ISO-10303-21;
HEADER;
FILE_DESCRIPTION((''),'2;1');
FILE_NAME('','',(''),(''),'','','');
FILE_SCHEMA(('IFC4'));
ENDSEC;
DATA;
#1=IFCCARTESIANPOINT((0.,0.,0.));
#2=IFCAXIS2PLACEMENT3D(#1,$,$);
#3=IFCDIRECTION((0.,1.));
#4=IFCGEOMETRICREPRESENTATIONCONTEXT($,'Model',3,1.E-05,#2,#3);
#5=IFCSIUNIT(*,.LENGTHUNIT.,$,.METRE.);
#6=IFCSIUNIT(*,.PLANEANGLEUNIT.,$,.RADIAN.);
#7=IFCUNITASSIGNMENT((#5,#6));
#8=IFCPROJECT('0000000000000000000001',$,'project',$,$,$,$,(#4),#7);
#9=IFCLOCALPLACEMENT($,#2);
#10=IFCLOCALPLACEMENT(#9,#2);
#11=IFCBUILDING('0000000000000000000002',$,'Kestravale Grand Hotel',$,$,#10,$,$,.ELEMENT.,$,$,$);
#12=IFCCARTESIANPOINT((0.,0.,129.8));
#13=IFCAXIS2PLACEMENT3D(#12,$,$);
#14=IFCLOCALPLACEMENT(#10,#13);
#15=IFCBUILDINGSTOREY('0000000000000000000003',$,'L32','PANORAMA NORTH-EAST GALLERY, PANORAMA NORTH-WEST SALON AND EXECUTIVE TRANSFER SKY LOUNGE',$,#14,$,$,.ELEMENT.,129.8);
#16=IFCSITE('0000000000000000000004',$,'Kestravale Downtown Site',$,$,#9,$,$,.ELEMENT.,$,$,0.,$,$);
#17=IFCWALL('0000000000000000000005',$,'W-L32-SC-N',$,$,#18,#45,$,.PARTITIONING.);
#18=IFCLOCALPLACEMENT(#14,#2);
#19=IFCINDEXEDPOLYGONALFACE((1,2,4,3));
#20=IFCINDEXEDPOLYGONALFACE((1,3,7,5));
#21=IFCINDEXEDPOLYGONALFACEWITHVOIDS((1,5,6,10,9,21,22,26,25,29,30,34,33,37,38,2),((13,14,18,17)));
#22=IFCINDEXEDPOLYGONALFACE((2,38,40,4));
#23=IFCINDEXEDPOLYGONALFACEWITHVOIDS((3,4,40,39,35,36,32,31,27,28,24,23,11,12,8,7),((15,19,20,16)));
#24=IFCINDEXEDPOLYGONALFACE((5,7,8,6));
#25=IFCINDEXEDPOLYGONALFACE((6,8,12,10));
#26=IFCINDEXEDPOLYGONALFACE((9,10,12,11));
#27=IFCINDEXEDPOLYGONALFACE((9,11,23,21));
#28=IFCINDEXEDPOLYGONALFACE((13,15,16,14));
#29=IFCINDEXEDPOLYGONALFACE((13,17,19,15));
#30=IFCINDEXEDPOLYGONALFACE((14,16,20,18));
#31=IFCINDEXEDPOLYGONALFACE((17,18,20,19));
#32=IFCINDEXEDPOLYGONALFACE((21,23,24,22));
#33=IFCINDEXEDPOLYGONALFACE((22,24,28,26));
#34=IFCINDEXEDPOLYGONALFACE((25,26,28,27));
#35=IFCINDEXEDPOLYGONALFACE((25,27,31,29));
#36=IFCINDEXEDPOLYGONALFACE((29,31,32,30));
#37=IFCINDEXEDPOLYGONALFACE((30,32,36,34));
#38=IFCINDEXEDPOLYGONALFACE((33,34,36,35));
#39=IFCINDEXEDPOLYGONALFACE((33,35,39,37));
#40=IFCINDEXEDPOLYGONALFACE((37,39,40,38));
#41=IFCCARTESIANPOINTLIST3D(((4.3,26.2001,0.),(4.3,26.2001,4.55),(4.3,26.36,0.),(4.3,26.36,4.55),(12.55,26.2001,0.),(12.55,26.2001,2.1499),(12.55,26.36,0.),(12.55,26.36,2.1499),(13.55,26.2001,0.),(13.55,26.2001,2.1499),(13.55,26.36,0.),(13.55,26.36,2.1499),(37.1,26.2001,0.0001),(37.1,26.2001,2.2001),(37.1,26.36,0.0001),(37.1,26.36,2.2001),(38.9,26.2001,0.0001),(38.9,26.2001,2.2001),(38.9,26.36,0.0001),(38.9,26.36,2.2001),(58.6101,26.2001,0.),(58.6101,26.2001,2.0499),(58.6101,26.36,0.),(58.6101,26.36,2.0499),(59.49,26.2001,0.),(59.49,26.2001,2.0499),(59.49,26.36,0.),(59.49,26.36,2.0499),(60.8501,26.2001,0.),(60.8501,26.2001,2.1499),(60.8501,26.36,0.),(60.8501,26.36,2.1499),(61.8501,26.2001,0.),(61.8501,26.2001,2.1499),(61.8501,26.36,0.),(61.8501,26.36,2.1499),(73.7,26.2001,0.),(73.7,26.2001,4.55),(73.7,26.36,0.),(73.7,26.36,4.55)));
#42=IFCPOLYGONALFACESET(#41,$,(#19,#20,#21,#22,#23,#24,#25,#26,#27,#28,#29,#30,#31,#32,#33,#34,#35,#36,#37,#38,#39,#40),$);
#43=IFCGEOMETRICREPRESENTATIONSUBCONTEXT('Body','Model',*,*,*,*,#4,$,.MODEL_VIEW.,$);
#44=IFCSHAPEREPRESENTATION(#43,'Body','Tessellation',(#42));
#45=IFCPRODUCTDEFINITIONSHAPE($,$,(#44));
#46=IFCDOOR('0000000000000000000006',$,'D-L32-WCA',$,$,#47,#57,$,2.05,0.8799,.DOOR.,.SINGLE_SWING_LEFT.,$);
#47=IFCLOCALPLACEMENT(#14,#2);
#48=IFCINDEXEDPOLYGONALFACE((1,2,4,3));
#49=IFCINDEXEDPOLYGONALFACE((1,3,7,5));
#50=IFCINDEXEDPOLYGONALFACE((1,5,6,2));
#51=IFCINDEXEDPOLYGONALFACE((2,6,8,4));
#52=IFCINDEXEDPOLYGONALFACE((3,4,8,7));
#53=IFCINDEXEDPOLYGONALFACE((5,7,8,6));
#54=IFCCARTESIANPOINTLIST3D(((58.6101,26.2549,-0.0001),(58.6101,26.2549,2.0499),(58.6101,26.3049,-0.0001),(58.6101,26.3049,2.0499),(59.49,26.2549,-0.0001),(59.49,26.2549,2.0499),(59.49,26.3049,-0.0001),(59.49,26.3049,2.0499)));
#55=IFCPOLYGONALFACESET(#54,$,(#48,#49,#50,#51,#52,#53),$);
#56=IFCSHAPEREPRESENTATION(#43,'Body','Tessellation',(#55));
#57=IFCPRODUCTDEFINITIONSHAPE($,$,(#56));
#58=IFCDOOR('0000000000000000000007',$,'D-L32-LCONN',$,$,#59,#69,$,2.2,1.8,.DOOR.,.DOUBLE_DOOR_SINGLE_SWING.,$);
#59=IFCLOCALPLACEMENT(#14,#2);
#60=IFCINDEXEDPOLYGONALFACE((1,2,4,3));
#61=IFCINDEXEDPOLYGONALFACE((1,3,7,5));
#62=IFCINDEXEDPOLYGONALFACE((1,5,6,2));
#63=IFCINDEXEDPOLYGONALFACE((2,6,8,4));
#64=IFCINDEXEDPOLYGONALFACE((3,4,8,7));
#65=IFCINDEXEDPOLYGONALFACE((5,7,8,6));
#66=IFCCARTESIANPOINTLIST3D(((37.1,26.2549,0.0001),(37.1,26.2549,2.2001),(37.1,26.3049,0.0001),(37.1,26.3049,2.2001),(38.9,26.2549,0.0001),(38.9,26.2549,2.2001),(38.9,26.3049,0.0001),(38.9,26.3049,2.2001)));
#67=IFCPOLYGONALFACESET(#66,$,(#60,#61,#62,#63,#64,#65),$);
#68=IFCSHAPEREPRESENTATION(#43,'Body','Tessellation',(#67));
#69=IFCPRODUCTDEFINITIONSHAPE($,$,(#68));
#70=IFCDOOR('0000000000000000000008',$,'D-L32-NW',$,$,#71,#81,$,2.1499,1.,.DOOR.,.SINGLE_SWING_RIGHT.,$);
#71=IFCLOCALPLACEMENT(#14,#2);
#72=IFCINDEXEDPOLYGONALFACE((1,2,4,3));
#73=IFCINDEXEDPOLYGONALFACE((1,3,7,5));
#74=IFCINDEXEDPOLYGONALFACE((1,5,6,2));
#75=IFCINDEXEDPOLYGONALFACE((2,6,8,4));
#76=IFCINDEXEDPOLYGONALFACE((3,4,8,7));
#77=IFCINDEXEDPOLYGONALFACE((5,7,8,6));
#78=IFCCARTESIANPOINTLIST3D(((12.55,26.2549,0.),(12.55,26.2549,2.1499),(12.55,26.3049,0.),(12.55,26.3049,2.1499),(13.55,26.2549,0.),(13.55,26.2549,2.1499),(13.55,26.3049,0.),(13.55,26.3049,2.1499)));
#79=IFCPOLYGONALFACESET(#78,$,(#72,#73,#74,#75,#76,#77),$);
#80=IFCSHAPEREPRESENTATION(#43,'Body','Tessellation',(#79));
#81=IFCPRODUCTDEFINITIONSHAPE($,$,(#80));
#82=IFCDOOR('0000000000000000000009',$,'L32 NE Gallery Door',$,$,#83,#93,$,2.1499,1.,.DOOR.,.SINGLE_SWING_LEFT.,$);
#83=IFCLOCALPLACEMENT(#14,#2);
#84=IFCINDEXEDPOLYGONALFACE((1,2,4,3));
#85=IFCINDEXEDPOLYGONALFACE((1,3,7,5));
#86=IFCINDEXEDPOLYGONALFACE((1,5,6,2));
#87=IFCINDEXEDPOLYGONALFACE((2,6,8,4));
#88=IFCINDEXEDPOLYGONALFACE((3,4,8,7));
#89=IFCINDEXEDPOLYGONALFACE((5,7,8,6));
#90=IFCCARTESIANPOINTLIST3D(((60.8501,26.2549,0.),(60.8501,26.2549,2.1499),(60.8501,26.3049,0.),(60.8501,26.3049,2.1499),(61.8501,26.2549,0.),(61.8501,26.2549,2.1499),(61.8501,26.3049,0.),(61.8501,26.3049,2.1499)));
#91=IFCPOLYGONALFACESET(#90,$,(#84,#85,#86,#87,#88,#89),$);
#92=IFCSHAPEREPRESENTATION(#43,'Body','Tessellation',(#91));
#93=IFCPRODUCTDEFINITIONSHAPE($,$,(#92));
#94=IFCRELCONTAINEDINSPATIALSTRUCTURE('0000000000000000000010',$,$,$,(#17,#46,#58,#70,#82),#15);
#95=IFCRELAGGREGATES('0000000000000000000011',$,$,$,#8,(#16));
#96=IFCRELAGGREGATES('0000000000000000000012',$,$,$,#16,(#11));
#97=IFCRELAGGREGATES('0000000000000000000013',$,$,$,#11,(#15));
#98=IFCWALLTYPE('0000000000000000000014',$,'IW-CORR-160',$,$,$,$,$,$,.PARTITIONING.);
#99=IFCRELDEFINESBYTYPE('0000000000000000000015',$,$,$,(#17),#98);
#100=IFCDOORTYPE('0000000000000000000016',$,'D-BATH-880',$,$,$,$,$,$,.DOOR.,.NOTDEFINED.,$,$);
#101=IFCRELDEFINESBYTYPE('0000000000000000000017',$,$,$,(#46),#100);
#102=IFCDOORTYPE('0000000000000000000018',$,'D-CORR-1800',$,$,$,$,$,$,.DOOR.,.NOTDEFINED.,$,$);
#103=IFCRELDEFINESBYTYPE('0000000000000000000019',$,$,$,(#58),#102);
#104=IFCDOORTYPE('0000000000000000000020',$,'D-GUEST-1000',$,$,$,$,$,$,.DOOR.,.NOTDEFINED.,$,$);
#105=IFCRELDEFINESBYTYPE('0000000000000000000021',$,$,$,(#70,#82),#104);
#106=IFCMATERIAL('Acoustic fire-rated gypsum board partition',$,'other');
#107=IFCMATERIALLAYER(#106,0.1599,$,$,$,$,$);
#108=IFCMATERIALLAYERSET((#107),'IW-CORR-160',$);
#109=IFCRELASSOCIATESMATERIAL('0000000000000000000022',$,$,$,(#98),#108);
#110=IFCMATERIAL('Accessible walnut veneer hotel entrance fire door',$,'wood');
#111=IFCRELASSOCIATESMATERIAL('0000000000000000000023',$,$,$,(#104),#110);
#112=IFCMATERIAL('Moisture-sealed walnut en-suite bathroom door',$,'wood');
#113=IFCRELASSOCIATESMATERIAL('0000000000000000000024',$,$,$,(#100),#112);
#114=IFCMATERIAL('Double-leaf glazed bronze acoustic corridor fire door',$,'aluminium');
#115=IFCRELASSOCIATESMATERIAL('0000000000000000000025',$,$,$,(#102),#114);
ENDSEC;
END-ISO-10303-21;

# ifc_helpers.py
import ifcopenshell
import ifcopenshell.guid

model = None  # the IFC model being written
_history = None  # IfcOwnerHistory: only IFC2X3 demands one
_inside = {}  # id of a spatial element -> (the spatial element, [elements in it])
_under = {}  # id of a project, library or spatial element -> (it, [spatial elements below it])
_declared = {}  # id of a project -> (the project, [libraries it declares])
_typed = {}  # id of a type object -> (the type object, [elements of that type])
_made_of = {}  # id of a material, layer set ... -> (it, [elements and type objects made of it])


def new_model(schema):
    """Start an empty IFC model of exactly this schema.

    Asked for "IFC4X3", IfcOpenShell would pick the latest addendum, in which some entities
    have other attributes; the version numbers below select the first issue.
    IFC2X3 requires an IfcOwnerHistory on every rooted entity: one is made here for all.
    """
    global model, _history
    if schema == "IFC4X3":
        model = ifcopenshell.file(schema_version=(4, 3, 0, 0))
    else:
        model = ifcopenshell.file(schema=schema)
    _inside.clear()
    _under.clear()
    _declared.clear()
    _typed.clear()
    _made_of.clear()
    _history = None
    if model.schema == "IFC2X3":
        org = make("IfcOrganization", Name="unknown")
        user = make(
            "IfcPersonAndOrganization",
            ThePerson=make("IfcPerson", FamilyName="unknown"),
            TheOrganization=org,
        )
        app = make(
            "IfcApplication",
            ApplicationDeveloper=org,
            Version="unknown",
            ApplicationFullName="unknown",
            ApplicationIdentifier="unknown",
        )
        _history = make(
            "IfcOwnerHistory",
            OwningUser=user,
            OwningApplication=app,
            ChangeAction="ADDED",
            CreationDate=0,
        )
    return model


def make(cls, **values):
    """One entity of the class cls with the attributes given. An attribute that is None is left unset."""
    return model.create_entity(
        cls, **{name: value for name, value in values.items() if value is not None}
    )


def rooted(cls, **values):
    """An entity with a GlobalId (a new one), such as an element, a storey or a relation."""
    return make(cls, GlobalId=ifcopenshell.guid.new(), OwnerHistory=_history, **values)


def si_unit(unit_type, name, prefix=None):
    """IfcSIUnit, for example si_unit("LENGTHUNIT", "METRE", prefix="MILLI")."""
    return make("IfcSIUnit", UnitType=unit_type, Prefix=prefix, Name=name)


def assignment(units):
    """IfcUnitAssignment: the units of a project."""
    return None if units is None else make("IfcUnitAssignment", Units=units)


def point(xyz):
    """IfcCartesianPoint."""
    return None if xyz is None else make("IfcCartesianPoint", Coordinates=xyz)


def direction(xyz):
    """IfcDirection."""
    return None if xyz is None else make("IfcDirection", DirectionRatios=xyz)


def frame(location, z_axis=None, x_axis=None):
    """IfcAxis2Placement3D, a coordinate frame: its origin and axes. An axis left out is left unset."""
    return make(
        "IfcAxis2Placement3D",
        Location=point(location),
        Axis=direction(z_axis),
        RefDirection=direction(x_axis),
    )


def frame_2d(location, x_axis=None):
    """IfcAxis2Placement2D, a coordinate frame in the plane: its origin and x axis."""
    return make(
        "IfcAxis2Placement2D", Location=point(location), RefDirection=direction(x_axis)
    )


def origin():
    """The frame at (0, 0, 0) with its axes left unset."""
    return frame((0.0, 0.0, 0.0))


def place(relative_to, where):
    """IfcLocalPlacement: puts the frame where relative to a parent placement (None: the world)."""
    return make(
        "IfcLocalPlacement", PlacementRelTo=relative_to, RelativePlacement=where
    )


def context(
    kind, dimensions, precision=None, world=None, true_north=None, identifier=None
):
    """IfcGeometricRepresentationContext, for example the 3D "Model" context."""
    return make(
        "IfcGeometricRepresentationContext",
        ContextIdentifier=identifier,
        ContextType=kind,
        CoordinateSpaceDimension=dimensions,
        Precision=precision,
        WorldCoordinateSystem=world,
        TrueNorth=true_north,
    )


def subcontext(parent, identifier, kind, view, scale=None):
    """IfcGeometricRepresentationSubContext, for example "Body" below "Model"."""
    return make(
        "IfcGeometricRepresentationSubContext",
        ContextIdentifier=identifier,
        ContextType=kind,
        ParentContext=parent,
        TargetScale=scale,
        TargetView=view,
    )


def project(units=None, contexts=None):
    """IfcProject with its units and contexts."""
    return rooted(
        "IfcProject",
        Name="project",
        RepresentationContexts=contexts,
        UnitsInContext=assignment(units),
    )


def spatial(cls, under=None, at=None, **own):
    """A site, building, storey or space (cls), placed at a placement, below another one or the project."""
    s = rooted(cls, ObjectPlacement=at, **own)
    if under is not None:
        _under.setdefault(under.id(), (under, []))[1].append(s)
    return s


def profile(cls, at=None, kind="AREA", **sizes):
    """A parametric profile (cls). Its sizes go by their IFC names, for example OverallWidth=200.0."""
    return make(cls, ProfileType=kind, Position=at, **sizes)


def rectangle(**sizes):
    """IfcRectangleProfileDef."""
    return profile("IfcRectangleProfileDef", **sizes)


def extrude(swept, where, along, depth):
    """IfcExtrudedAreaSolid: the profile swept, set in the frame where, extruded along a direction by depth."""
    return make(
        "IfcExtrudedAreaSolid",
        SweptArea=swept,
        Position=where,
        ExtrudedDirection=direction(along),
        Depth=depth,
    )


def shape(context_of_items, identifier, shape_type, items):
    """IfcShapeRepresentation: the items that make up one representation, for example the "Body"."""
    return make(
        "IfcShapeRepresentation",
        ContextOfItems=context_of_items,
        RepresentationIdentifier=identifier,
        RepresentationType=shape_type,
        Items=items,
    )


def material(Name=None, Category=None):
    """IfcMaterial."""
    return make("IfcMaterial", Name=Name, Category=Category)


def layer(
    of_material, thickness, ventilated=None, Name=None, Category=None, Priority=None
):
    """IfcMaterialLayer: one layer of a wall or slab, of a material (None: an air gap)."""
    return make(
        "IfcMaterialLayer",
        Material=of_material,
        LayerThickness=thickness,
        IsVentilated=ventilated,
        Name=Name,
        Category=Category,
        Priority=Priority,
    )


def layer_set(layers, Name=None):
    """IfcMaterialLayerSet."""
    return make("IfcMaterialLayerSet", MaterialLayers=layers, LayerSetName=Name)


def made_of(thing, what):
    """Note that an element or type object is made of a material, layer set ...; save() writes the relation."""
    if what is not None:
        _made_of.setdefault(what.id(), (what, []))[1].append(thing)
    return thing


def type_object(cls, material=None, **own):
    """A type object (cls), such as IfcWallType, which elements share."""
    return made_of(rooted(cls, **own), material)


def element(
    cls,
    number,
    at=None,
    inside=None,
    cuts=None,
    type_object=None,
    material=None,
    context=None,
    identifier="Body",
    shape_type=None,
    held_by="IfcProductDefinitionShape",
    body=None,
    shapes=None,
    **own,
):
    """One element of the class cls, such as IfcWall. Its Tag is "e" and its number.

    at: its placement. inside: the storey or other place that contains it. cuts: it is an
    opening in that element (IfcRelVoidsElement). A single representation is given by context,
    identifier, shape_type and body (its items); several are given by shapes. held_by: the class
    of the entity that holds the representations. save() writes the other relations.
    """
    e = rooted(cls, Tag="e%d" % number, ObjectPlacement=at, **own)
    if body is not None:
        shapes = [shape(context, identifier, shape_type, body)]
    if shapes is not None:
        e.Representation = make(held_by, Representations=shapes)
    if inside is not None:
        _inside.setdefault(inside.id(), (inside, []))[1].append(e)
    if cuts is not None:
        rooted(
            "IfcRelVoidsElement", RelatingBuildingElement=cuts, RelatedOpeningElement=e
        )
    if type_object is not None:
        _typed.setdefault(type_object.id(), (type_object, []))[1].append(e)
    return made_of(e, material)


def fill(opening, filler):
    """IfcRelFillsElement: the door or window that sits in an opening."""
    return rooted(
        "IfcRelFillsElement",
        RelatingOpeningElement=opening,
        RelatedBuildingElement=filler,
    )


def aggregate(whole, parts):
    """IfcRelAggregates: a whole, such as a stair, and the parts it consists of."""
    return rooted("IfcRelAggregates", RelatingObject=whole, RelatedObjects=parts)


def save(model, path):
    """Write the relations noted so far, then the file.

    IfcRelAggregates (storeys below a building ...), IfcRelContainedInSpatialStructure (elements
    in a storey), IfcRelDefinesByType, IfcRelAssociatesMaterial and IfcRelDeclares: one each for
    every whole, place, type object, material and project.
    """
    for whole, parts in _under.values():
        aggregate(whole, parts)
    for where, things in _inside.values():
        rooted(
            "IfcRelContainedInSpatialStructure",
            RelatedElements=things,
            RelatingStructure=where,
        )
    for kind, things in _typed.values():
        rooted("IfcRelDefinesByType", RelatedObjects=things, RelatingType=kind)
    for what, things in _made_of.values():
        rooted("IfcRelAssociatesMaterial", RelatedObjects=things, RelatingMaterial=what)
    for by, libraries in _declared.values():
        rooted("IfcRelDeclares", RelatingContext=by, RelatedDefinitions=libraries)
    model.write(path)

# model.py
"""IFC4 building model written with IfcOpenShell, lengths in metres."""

from ifc_helpers import new_model, si_unit, direction, frame, frame_2d, origin, place, context, subcontext, project, spatial, rectangle, extrude, material, layer, layer_set, type_object, element, fill, save


model = new_model("IFC4")

# Units and contexts
model_context = context("Model", 3, precision=1e-05, world=origin(), true_north=direction((0.0, 1.0)))
body_context = subcontext(model_context, "Body", "Model", "MODEL_VIEW")
ifc_project = project(units=[si_unit("LENGTHUNIT", "METRE"), si_unit("PLANEANGLEUNIT", "RADIAN")], contexts=[model_context])

# Site, building, storey
site_placement = place(None, origin())
site = spatial("IfcSite", under=ifc_project, at=site_placement, Name="Kestravale Downtown Site", CompositionType="ELEMENT", RefElevation=0.0)
building_placement = place(site_placement, origin())
building = spatial("IfcBuilding", under=site, at=building_placement, Name="Kestravale Grand Hotel", CompositionType="ELEMENT")
storey_placement = place(building_placement, frame((0.0, 0.0, 129.8)))
storey = spatial("IfcBuildingStorey", under=building, at=storey_placement, Name="L32", Description="PANORAMA NORTH-EAST GALLERY, PANORAMA NORTH-WEST SALON AND EXECUTIVE TRANSFER SKY LOUNGE", CompositionType="ELEMENT", Elevation=129.8)

# Wall, openings, doors
ifc_material_1 = material(Name="Acoustic fire-rated gypsum board partition", Category="other")
ifc_layer = layer(ifc_material_1, 0.1599)
ifc_layer_set = layer_set([ifc_layer], Name="IW-CORR-160")
wall_type = type_object("IfcWallType", Name="IW-CORR-160", PredefinedType="PARTITIONING", material=ifc_layer_set)
ifc_material_2 = material(Name="Accessible walnut veneer hotel entrance fire door", Category="wood")
door_type_1 = type_object("IfcDoorType", Name="D-GUEST-1000", OperationType="NOTDEFINED", PredefinedType="DOOR", material=ifc_material_2)
wall_1_placement = place(storey_placement, frame((4.3, 26.28, 0.0), z_axis=(0.0, 0.0, 1.0), x_axis=(1.0, 0.0, 0.0)))
wall_1 = element("IfcWall", 1, at=wall_1_placement, inside=storey, type_object=wall_type, Name="W-L32-SC-N", PredefinedType="PARTITIONING", context=body_context, shape_type="SweptSolid", body=[
    extrude(rectangle(XDim=69.3999, YDim=0.1599, at=frame_2d((34.7, 0.0))), origin(), (0.0, 0.0, 1.0), 4.55),
])
opening_1_placement = place(wall_1_placement, frame((32.8, 0.0, 0.0)))
opening_1 = element("IfcOpeningElement", 2, at=opening_1_placement, cuts=wall_1, PredefinedType="OPENING", context=body_context, shape_type="SweptSolid", body=[
    extrude(rectangle(XDim=1.8, YDim=2.2, at=frame_2d((0.8999, 1.1001))), frame((0.0, 0.0898, 0.0), z_axis=(0.0, -1.0, 0.0), x_axis=(1.0, 0.0, 0.0)), (0.0, 0.0, 1.0), 0.1799),
])
opening_2_placement = place(wall_1_placement, frame((8.25, 0.0, 0.0)))
opening_2 = element("IfcOpeningElement", 3, at=opening_2_placement, cuts=wall_1, PredefinedType="OPENING", context=body_context, shape_type="SweptSolid", body=[
    extrude(rectangle(XDim=1.0, YDim=2.1499, at=frame_2d((0.5, 1.075))), frame((0.0, 0.0898, 0.0), z_axis=(0.0, -1.0, 0.0), x_axis=(1.0, 0.0, 0.0)), (0.0, 0.0, 1.0), 0.1799),
])
opening_3_placement = place(wall_1_placement, frame((54.3101, 0.0, 0.0)))
opening_3 = element("IfcOpeningElement", 4, at=opening_3_placement, cuts=wall_1, PredefinedType="OPENING", context=body_context, shape_type="SweptSolid", body=[
    extrude(rectangle(XDim=0.8799, YDim=2.05, at=frame_2d((0.4399, 1.0249))), frame((0.0, 0.0898, 0.0), z_axis=(0.0, -1.0, 0.0), x_axis=(1.0, 0.0, 0.0)), (0.0, 0.0, 1.0), 0.1799),
])
opening_4_placement = place(wall_1_placement, frame((56.55, 0.0, 0.0)))
opening_4 = element("IfcOpeningElement", 5, at=opening_4_placement, cuts=wall_1, PredefinedType="OPENING", context=body_context, shape_type="SweptSolid", body=[
    extrude(rectangle(XDim=1.0, YDim=2.1499, at=frame_2d((0.5, 1.075))), frame((0.0, 0.0898, 0.0), z_axis=(0.0, -1.0, 0.0), x_axis=(1.0, 0.0, 0.0)), (0.0, 0.0, 1.0), 0.1799),
])
ifc_material_3 = material(Name="Moisture-sealed walnut en-suite bathroom door", Category="wood")
door_type_2 = type_object("IfcDoorType", Name="D-BATH-880", OperationType="NOTDEFINED", PredefinedType="DOOR", material=ifc_material_3)
door_1_placement = place(opening_3_placement, origin())
door_1 = element("IfcDoor", 6, at=door_1_placement, inside=storey, type_object=door_type_2, Name="D-L32-WCA", OperationType="SINGLE_SWING_LEFT", OverallHeight=2.05, OverallWidth=0.8799, PredefinedType="DOOR", context=body_context, shape_type="SweptSolid", body=[
    extrude(rectangle(XDim=0.8799, YDim=2.05, at=frame_2d((0.4399, 1.0249))), frame((0.0, 0.0249, 0.0), z_axis=(0.0, -1.0, 0.0), x_axis=(1.0, 0.0, 0.0)), (0.0, 0.0, 1.0), 0.05),
])
fill(opening_3, door_1)
ifc_material_4 = material(Name="Double-leaf glazed bronze acoustic corridor fire door", Category="aluminium")
door_type_3 = type_object("IfcDoorType", Name="D-CORR-1800", OperationType="NOTDEFINED", PredefinedType="DOOR", material=ifc_material_4)
door_2_placement = place(opening_1_placement, origin())
door_2 = element("IfcDoor", 7, at=door_2_placement, inside=storey, type_object=door_type_3, Name="D-L32-LCONN", OperationType="DOUBLE_DOOR_SINGLE_SWING", OverallHeight=2.2, OverallWidth=1.8, PredefinedType="DOOR", context=body_context, shape_type="SweptSolid", body=[
    extrude(rectangle(XDim=1.8, YDim=2.2, at=frame_2d((0.8999, 1.1001))), frame((0.0, 0.0249, 0.0), z_axis=(0.0, -1.0, 0.0), x_axis=(1.0, 0.0, 0.0)), (0.0, 0.0, 1.0), 0.05),
])
fill(opening_1, door_2)
door_3_placement = place(opening_2_placement, origin())
door_3 = element("IfcDoor", 8, at=door_3_placement, inside=storey, type_object=door_type_1, Name="D-L32-NW", OperationType="SINGLE_SWING_RIGHT", OverallHeight=2.1499, OverallWidth=1.0, PredefinedType="DOOR", context=body_context, shape_type="SweptSolid", body=[
    extrude(rectangle(XDim=1.0, YDim=2.1499, at=frame_2d((0.5, 1.075))), frame((0.0, 0.0249, 0.0), z_axis=(0.0, -1.0, 0.0), x_axis=(1.0, 0.0, 0.0)), (0.0, 0.0, 1.0), 0.05),
])
fill(opening_2, door_3)
door_4_placement = place(opening_4_placement, origin())
door_4 = element("IfcDoor", 9, at=door_4_placement, inside=storey, type_object=door_type_1, Name="L32 NE Gallery Door", OperationType="SINGLE_SWING_LEFT", OverallHeight=2.1499, OverallWidth=1.0, PredefinedType="DOOR", context=body_context, shape_type="SweptSolid", body=[
    extrude(rectangle(XDim=1.0, YDim=2.1499, at=frame_2d((0.5, 1.075))), frame((0.0, 0.0249, 0.0), z_axis=(0.0, -1.0, 0.0), x_axis=(1.0, 0.0, 0.0)), (0.0, 0.0, 1.0), 0.05),
])
fill(opening_4, door_4)

save(model, "model.ifc")
